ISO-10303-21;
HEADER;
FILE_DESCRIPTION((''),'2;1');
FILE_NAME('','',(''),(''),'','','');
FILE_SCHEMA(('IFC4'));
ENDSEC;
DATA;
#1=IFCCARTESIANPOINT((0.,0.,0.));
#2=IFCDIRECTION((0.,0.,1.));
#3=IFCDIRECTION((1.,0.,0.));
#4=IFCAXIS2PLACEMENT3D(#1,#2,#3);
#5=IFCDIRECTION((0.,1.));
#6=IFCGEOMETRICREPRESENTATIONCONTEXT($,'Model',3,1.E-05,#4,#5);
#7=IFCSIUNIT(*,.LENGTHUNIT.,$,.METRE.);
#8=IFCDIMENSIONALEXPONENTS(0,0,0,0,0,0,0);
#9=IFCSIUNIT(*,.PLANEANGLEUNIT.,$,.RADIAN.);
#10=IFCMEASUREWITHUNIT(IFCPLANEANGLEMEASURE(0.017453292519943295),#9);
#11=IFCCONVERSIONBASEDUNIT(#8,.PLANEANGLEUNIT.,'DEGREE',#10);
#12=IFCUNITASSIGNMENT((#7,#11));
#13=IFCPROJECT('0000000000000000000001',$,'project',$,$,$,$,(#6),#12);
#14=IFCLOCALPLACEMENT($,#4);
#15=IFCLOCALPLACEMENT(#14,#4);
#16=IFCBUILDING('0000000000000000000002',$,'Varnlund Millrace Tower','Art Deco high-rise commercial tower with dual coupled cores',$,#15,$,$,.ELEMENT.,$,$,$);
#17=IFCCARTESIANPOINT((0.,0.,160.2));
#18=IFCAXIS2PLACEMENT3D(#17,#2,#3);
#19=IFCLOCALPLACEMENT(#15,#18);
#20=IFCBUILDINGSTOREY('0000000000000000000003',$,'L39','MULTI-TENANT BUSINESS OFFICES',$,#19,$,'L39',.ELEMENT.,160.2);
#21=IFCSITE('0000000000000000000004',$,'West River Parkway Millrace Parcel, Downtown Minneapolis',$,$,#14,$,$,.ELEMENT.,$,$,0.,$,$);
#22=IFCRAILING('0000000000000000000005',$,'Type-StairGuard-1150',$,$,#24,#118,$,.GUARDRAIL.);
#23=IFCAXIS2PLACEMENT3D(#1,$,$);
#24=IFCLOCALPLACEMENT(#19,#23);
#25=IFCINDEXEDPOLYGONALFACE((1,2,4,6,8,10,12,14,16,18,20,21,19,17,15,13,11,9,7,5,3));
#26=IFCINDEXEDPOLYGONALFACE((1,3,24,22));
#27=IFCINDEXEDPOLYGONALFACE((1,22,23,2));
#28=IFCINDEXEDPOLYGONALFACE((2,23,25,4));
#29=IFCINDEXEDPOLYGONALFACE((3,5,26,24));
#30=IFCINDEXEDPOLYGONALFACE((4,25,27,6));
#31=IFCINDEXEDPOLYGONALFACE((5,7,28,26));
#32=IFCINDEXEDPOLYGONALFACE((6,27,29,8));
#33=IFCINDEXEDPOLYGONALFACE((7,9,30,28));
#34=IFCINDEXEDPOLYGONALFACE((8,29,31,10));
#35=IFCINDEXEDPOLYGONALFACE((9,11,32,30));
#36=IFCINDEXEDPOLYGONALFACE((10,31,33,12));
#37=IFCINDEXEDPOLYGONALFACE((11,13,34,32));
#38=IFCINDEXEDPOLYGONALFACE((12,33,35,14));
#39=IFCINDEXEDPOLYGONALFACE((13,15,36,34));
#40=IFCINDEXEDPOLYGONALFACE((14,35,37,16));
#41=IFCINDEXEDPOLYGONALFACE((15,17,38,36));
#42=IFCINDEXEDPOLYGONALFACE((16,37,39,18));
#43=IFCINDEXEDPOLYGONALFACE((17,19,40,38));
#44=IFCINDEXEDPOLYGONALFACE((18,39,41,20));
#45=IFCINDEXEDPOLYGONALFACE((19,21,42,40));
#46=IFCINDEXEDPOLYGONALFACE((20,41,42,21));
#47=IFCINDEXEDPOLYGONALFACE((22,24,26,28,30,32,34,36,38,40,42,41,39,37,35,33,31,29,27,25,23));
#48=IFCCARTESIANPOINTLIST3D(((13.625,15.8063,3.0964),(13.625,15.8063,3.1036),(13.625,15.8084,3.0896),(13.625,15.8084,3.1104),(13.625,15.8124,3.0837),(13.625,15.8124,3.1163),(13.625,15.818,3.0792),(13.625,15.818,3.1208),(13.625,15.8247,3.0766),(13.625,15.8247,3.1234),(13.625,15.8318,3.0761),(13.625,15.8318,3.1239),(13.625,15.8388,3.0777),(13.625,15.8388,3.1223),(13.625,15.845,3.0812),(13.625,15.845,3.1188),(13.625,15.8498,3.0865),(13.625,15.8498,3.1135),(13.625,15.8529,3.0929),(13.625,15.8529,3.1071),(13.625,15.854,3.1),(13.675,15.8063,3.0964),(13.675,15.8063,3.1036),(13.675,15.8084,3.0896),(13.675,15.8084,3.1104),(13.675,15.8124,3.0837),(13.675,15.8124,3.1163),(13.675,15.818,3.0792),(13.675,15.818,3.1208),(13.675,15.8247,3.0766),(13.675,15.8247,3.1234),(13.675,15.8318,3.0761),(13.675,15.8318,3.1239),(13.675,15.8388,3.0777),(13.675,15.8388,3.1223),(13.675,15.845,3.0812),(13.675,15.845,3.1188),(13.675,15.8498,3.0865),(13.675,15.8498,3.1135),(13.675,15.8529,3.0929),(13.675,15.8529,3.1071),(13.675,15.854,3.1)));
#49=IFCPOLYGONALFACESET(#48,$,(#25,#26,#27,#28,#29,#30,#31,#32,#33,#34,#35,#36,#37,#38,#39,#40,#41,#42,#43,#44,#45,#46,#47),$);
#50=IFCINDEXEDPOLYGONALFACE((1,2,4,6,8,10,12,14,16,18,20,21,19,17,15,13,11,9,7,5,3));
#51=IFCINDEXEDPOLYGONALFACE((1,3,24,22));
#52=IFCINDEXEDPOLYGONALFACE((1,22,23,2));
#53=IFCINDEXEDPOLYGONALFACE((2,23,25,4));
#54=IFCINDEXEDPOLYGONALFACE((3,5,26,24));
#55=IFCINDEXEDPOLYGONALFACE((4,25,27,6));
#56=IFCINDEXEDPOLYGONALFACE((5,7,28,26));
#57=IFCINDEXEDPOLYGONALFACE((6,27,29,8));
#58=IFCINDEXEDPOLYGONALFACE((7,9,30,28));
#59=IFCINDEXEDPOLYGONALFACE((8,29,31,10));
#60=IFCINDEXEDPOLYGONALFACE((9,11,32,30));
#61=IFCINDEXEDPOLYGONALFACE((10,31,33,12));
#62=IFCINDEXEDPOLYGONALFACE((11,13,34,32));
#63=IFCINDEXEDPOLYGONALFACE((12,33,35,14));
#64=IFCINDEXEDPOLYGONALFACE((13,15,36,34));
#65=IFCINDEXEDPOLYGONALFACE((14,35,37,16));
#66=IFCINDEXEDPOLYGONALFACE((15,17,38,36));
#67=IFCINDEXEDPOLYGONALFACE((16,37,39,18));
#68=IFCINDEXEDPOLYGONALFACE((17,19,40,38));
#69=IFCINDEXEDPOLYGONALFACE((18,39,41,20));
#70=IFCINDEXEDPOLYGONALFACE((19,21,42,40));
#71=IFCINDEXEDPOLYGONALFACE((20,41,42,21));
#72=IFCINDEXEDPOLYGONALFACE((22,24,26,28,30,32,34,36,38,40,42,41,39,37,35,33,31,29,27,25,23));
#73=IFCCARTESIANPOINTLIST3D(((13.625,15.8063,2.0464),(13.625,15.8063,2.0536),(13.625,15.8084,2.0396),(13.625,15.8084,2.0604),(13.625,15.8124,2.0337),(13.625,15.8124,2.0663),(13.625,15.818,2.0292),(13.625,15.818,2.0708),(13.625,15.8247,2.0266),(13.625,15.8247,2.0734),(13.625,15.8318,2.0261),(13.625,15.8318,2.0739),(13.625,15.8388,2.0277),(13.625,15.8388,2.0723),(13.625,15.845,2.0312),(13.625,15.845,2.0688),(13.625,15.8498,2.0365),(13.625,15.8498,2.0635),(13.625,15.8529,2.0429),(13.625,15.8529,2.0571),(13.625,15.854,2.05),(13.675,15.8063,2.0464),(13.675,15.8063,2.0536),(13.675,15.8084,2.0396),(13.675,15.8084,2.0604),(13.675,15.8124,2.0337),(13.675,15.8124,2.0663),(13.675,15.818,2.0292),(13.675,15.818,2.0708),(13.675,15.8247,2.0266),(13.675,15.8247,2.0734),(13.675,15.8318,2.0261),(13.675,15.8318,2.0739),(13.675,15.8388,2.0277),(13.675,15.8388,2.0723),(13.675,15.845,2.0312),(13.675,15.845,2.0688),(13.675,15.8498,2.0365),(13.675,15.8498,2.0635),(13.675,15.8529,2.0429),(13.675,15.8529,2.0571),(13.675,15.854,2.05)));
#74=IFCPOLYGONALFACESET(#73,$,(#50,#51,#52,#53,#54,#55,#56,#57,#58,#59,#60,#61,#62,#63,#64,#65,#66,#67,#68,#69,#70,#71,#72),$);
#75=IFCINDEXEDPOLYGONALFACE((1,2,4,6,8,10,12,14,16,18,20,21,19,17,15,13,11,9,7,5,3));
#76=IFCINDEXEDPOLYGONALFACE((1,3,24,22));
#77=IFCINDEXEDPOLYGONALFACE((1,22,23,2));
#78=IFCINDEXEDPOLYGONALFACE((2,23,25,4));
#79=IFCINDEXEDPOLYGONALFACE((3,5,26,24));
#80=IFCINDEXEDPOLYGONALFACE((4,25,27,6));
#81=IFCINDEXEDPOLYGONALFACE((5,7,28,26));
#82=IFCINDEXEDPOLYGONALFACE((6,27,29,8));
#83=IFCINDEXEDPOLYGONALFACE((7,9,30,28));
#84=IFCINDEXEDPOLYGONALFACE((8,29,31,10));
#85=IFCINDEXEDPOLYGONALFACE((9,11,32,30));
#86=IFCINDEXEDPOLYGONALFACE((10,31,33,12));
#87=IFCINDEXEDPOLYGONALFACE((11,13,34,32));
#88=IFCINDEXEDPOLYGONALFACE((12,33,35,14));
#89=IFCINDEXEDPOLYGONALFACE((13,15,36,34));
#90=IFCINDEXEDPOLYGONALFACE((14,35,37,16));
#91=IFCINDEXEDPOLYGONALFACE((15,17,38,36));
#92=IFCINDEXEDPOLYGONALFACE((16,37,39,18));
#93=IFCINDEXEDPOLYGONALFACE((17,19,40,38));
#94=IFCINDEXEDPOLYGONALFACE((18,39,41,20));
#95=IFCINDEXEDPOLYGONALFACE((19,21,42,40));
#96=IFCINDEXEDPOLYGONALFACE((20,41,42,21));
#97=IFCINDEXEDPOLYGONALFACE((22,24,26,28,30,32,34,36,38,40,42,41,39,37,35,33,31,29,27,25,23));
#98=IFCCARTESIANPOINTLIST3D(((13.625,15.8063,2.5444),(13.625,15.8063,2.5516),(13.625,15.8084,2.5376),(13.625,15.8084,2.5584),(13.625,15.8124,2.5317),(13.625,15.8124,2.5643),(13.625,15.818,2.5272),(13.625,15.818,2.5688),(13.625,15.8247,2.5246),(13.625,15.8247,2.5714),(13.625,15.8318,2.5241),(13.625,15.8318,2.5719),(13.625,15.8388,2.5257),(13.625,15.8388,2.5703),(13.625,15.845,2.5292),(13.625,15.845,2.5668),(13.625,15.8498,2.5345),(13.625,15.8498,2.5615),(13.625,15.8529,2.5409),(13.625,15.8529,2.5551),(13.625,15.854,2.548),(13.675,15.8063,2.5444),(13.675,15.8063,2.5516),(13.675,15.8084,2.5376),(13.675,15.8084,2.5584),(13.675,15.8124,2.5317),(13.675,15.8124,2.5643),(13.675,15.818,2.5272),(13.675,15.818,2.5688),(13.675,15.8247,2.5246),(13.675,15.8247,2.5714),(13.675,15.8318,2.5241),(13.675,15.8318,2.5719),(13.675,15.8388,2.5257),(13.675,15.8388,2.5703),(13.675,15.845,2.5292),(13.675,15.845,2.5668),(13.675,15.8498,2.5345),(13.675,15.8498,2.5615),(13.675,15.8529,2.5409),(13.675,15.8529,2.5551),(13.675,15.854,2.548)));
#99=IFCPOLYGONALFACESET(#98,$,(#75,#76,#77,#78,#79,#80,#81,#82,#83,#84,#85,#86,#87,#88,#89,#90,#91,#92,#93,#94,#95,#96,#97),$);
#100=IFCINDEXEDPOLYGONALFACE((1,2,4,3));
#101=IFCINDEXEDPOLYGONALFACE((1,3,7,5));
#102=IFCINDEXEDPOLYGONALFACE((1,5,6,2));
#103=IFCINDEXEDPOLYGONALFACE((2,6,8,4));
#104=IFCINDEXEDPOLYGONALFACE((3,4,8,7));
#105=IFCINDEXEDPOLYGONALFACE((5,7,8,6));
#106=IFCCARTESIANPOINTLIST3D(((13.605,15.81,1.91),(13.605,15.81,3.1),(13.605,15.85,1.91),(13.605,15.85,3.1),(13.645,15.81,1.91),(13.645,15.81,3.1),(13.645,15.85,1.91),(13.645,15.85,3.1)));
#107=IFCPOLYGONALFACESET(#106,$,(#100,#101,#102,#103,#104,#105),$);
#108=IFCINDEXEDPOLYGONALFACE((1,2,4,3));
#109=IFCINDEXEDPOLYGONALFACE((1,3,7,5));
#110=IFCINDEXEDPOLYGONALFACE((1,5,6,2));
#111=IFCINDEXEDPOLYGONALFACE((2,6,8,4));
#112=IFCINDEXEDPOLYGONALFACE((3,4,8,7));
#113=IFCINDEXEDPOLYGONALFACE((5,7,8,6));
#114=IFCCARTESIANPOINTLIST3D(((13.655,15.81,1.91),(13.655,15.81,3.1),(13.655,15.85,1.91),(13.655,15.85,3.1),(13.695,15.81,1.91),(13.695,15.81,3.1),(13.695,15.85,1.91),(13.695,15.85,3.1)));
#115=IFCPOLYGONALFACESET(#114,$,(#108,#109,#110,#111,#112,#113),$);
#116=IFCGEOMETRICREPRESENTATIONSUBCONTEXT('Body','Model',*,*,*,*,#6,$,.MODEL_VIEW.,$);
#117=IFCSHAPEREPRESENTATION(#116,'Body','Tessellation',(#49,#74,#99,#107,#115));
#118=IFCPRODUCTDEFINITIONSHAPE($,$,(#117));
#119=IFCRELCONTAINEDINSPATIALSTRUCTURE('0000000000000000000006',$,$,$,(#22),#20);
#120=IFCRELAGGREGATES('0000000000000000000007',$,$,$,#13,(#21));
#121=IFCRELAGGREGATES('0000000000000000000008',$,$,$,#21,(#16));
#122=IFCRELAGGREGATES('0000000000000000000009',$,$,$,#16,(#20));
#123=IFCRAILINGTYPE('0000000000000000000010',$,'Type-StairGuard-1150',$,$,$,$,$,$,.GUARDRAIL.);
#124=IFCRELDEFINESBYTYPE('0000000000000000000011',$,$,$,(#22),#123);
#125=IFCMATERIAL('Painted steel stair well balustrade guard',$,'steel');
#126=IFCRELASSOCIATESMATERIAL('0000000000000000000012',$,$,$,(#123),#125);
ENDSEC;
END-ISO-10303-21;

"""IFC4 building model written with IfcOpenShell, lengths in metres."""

from ifc_helpers import new_model, entity, si_unit, converted_unit, direction, frame, origin_with_axes, origin_2d_with_axis, place, context, subcontext, project, spatial, rectangle, circle, extrude, material, type_object, element, save


model = new_model("IFC4")

# Units and contexts
model_context = context("Model", 3, precision=1e-05, world=origin_with_axes(), true_north=direction((0.0, 1.0)))
body_context = subcontext(model_context, "Body", "Model", "MODEL_VIEW")
ifc_project = project(units=[si_unit("LENGTHUNIT", "METRE"), converted_unit("PLANEANGLEUNIT", "DEGREE", entity("IfcPlaneAngleMeasure", 0.017453292519943295), si_unit("PLANEANGLEUNIT", "RADIAN"), dimensions=[0, 0, 0, 0, 0, 0, 0])], contexts=[model_context])

# Site, building, storey
site_placement = place(None, origin_with_axes())
site = spatial("IfcSite", under=ifc_project, at=site_placement, Name="West River Parkway Millrace Parcel, Downtown Minneapolis", CompositionType="ELEMENT", RefElevation=0.0)
building_placement = place(site_placement, origin_with_axes())
building = spatial("IfcBuilding", under=site, at=building_placement, Name="Varnlund Millrace Tower", Description="Art Deco high-rise commercial tower with dual coupled cores", CompositionType="ELEMENT")
storey_placement = place(building_placement, frame((0.0, 0.0, 160.2), z_axis=(0.0, 0.0, 1.0), x_axis=(1.0, 0.0, 0.0)))
storey = spatial("IfcBuildingStorey", under=building, at=storey_placement, Name="L39", Description="MULTI-TENANT BUSINESS OFFICES", LongName="L39", CompositionType="ELEMENT", Elevation=160.2)

# Railing
ifc_material_1 = material(Name="Painted steel stair well balustrade guard", Category="steel")
railing_type_1 = type_object("IfcRailingType", Name="Type-StairGuard-1150", PredefinedType="GUARDRAIL", material=ifc_material_1)
railing_1_placement = place(storey_placement, frame((0.0, 0.0, -160.2), z_axis=(0.0, 0.0, 1.0), x_axis=(1.0, 0.0, 0.0)))
element("IfcRailing", 1, at=railing_1_placement, inside=storey, type_object=railing_type_1, Name="Type-StairGuard-1150", PredefinedType="GUARDRAIL", context=body_context, shape_type="SweptSolid", body=[
    extrude(circle(Radius=0.024, at=origin_2d_with_axis()), frame((13.625, 15.83, 163.3), z_axis=(1.0, 0.0, 0.0), x_axis=(0.0, 1.0, 0.0)), (0.0, 0.0, 1.0), 0.05),
    extrude(circle(Radius=0.024, at=origin_2d_with_axis()), frame((13.625, 15.83, 162.25), z_axis=(1.0, 0.0, 0.0), x_axis=(0.0, 1.0, 0.0)), (0.0, 0.0, 1.0), 0.05),
    extrude(circle(Radius=0.024, at=origin_2d_with_axis()), frame((13.625, 15.83, 162.748), z_axis=(1.0, 0.0, 0.0), x_axis=(0.0, 1.0, 0.0)), (0.0, 0.0, 1.0), 0.05),
    extrude(rectangle(XDim=0.04, YDim=0.04, at=origin_2d_with_axis()), frame((13.625, 15.83, 162.11), z_axis=(0.0, 0.0, 1.0), x_axis=(1.0, 0.0, 0.0)), (0.0, 0.0, 1.0), 1.19),
    extrude(rectangle(XDim=0.04, YDim=0.04, at=origin_2d_with_axis()), frame((13.675, 15.83, 162.11), z_axis=(0.0, 0.0, 1.0), x_axis=(1.0, 0.0, 0.0)), (0.0, 0.0, 1.0), 1.19),
])

save(model, "model.ifc")
